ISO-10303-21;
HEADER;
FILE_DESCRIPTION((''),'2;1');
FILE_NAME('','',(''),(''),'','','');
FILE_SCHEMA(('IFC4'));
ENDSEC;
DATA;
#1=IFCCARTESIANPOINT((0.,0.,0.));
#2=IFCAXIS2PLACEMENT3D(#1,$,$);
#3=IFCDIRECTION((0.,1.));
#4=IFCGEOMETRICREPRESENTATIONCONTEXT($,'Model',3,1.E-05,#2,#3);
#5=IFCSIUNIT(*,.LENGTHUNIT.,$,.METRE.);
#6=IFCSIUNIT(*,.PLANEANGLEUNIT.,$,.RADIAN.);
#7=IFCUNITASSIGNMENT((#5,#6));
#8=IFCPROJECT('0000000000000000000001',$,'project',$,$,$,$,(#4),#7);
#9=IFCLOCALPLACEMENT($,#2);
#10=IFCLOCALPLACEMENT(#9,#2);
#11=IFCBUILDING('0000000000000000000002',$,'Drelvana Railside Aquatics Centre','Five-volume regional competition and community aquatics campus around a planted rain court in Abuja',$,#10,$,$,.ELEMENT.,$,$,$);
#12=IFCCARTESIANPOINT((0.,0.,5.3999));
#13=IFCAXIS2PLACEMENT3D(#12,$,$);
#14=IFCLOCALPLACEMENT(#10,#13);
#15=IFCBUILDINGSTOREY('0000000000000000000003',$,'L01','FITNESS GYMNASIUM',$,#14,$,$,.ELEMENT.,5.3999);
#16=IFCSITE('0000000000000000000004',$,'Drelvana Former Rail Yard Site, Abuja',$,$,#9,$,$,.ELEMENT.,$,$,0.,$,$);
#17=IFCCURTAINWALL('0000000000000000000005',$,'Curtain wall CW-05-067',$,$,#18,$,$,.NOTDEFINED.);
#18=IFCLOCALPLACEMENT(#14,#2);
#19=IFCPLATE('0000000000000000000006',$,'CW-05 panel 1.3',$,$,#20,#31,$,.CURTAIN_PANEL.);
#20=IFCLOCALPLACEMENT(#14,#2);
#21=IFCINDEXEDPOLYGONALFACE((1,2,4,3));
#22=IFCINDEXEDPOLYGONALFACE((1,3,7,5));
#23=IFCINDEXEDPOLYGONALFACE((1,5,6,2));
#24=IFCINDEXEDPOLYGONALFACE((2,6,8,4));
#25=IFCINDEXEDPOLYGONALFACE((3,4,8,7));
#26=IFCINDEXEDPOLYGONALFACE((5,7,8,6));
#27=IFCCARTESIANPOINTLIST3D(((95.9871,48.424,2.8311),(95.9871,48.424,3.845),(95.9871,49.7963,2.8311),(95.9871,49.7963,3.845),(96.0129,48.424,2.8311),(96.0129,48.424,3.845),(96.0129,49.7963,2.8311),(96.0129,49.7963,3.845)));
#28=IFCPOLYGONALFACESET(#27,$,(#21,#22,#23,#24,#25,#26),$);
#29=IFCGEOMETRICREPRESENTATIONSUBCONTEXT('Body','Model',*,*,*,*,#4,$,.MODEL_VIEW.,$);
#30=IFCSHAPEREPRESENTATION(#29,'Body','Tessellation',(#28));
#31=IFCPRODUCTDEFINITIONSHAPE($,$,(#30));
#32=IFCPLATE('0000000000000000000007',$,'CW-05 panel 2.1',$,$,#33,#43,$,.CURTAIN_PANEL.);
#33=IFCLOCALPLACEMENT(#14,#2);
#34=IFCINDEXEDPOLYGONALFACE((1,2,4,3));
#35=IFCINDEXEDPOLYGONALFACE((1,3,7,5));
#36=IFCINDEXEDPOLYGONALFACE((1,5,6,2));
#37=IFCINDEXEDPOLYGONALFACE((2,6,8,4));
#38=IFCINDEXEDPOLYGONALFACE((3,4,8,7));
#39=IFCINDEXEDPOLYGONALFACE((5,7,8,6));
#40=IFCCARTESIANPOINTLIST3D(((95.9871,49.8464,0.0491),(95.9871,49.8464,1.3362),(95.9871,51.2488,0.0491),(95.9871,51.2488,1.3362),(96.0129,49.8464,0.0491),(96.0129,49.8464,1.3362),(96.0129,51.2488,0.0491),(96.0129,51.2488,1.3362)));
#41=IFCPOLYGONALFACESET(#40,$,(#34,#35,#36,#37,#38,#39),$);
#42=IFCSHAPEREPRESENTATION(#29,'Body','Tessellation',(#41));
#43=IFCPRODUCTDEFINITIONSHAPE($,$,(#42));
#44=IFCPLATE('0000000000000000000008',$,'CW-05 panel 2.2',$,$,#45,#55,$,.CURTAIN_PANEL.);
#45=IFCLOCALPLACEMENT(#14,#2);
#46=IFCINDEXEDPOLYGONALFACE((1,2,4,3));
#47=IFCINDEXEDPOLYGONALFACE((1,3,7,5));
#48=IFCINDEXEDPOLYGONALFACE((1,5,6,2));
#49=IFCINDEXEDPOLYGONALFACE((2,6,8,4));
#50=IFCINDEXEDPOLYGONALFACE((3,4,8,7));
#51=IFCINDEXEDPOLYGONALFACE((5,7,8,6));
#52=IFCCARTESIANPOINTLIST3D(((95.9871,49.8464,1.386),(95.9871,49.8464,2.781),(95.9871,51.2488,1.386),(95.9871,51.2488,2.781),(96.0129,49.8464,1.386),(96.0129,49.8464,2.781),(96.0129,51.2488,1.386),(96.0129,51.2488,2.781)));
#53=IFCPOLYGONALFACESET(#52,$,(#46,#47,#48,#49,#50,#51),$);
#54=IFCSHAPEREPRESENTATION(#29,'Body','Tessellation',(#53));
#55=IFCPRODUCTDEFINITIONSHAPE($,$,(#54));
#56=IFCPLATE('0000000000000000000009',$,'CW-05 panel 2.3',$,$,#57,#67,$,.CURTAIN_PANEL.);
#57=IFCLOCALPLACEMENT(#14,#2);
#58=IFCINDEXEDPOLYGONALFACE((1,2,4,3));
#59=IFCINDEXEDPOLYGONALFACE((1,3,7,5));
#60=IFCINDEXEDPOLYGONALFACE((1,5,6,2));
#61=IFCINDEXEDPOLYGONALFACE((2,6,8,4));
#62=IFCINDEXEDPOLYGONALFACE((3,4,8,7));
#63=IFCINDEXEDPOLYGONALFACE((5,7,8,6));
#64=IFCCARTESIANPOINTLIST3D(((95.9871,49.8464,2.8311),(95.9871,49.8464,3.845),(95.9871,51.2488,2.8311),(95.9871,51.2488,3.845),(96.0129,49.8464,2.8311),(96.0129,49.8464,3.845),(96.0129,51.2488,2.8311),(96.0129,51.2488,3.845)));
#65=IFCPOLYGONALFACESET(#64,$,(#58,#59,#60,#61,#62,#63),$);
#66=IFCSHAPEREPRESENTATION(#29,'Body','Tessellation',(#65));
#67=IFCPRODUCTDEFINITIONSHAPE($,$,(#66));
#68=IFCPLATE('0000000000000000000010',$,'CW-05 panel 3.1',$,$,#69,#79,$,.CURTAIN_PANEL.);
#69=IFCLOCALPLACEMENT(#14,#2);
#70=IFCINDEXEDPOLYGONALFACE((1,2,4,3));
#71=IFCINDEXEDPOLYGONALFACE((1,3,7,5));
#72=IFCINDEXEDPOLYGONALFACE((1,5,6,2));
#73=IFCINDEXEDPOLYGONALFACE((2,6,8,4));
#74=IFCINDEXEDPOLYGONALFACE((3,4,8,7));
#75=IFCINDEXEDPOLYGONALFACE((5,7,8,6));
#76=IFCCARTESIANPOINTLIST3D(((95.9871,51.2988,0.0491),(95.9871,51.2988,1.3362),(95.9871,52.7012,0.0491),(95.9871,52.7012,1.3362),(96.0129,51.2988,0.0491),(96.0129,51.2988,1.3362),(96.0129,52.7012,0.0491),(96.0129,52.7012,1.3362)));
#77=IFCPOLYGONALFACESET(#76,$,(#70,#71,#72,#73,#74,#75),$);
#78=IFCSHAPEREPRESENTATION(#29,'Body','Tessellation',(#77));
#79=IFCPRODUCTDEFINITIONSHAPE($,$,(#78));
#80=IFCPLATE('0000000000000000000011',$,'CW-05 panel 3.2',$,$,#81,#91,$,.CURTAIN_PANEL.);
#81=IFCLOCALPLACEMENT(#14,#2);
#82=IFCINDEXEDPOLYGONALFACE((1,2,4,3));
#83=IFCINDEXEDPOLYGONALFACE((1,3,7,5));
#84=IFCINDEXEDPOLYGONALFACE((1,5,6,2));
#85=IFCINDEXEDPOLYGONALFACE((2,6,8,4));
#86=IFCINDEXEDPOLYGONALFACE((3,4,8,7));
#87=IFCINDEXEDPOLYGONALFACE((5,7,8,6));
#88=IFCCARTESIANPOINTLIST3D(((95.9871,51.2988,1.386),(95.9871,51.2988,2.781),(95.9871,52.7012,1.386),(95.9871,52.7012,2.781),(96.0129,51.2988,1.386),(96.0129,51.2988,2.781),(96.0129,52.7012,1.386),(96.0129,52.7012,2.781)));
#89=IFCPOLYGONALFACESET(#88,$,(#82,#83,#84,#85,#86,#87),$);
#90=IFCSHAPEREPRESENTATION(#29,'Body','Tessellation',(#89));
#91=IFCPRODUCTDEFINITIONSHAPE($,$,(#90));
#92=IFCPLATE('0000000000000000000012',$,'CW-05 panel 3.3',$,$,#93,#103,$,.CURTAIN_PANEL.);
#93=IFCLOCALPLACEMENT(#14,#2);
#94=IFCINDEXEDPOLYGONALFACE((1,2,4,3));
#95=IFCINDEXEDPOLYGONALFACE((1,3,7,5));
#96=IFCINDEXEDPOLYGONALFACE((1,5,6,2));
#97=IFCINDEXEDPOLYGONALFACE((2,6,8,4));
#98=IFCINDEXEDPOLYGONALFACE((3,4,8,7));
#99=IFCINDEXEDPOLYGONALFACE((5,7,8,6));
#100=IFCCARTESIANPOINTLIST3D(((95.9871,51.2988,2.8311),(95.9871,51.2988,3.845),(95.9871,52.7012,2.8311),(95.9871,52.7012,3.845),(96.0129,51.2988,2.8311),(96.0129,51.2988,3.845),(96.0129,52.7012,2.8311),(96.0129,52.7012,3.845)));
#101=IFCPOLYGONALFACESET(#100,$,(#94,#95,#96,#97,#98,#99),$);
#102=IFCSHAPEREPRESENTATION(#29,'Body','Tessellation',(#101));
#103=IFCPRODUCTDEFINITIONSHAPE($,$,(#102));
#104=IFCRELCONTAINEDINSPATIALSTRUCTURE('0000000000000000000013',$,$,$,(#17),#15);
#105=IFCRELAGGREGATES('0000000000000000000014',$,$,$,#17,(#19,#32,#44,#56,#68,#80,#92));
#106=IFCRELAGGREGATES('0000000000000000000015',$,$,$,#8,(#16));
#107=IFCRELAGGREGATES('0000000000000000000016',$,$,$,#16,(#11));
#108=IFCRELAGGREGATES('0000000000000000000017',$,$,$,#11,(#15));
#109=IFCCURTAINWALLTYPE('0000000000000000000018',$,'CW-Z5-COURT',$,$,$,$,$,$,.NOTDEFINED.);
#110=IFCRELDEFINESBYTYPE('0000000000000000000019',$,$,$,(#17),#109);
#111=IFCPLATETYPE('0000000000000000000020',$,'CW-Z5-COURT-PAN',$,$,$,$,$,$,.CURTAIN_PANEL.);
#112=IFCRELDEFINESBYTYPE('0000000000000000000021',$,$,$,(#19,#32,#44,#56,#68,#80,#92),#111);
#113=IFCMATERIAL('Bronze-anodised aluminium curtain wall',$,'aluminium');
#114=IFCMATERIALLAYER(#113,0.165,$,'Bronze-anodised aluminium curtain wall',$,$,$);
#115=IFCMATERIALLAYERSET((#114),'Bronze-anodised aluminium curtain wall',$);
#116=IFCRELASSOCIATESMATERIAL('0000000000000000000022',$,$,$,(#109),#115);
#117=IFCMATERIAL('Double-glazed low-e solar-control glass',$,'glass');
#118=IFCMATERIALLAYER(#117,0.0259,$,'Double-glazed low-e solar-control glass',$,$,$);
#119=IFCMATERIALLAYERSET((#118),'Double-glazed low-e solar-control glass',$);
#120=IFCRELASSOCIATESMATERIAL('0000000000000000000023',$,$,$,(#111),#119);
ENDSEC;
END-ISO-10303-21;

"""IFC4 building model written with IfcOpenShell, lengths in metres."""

from ifc_helpers import new_model, si_unit, direction, frame, origin, origin_2d, place, context, subcontext, project, spatial, rectangle, extrude, material, layer, layer_set, type_object, element, aggregate, save


model = new_model("IFC4")

# Units and contexts
model_context = context("Model", 3, precision=1e-05, world=origin(), true_north=direction((0.0, 1.0)))
body_context = subcontext(model_context, "Body", "Model", "MODEL_VIEW")
ifc_project = project(units=[si_unit("LENGTHUNIT", "METRE"), si_unit("PLANEANGLEUNIT", "RADIAN")], contexts=[model_context])

# Site, building, storey
site_placement = place(None, origin())
site = spatial("IfcSite", under=ifc_project, at=site_placement, Name="Drelvana Former Rail Yard Site, Abuja", CompositionType="ELEMENT", RefElevation=0.0)
building_placement = place(site_placement, origin())
building = spatial("IfcBuilding", under=site, at=building_placement, Name="Drelvana Railside Aquatics Centre", Description="Five-volume regional competition and community aquatics campus around a planted rain court in Abuja", CompositionType="ELEMENT")
storey_placement = place(building_placement, frame((0.0, 0.0, 5.3999)))
storey = spatial("IfcBuildingStorey", under=building, at=storey_placement, Name="L01", Description="FITNESS GYMNASIUM", CompositionType="ELEMENT", Elevation=5.3999)

# Shared definitions
ifc_material_1 = material(Name="Bronze-anodised aluminium curtain wall", Category="aluminium")
ifc_layer_1 = layer(ifc_material_1, 0.165, Name="Bronze-anodised aluminium curtain wall")
ifc_layer_set_1 = layer_set([ifc_layer_1], Name="Bronze-anodised aluminium curtain wall")
curtain_wall_type = type_object("IfcCurtainWallType", Name="CW-Z5-COURT", PredefinedType="NOTDEFINED", material=ifc_layer_set_1)

# Curtain wall
curtain_wall_1_placement = place(storey_placement, origin())
curtain_wall_1 = element("IfcCurtainWall", 1, at=curtain_wall_1_placement, inside=storey, type_object=curtain_wall_type, Name="Curtain wall CW-05-067", PredefinedType="NOTDEFINED")

# Plates
ifc_material_2 = material(Name="Double-glazed low-e solar-control glass", Category="glass")
ifc_layer_2 = layer(ifc_material_2, 0.0259, Name="Double-glazed low-e solar-control glass")
ifc_layer_set_2 = layer_set([ifc_layer_2], Name="Double-glazed low-e solar-control glass")
plate_type = type_object("IfcPlateType", Name="CW-Z5-COURT-PAN", PredefinedType="CURTAIN_PANEL", material=ifc_layer_set_2)
plate_1_placement = place(storey_placement, frame((96.0, 49.1101, 2.8311), z_axis=(0.0, 0.0, 1.0), x_axis=(0.0, 1.0, 0.0)))
plate_1 = element("IfcPlate", 2, at=plate_1_placement, type_object=plate_type, Name="CW-05 panel 1.3", PredefinedType="CURTAIN_PANEL", context=body_context, shape_type="SweptSolid", body=[
    extrude(rectangle(XDim=1.3723, YDim=0.0259, at=origin_2d()), origin(), (0.0, 0.0, 1.0), 1.0139),
])
plate_2_placement = place(storey_placement, frame((96.0, 50.5476, 0.0491), z_axis=(0.0, 0.0, 1.0), x_axis=(0.0, 1.0, 0.0)))
plate_2 = element("IfcPlate", 3, at=plate_2_placement, type_object=plate_type, Name="CW-05 panel 2.1", PredefinedType="CURTAIN_PANEL", context=body_context, shape_type="SweptSolid", body=[
    extrude(rectangle(XDim=1.4023, YDim=0.0259, at=origin_2d()), origin(), (0.0, 0.0, 1.0), 1.2871),
])
plate_3_placement = place(storey_placement, frame((96.0, 50.5476, 1.386), z_axis=(0.0, 0.0, 1.0), x_axis=(0.0, 1.0, 0.0)))
plate_3 = element("IfcPlate", 4, at=plate_3_placement, type_object=plate_type, Name="CW-05 panel 2.2", PredefinedType="CURTAIN_PANEL", context=body_context, shape_type="SweptSolid", body=[
    extrude(rectangle(XDim=1.4023, YDim=0.0259, at=origin_2d()), origin(), (0.0, 0.0, 1.0), 1.395),
])
plate_4_placement = place(storey_placement, frame((96.0, 50.5476, 2.8311), z_axis=(0.0, 0.0, 1.0), x_axis=(0.0, 1.0, 0.0)))
plate_4 = element("IfcPlate", 5, at=plate_4_placement, type_object=plate_type, Name="CW-05 panel 2.3", PredefinedType="CURTAIN_PANEL", context=body_context, shape_type="SweptSolid", body=[
    extrude(rectangle(XDim=1.4023, YDim=0.0259, at=origin_2d()), origin(), (0.0, 0.0, 1.0), 1.0139),
])
plate_5_placement = place(storey_placement, frame((96.0, 52.0, 0.0491), z_axis=(0.0, 0.0, 1.0), x_axis=(0.0, 1.0, 0.0)))
plate_5 = element("IfcPlate", 6, at=plate_5_placement, type_object=plate_type, Name="CW-05 panel 3.1", PredefinedType="CURTAIN_PANEL", context=body_context, shape_type="SweptSolid", body=[
    extrude(rectangle(XDim=1.4023, YDim=0.0259, at=origin_2d()), origin(), (0.0, 0.0, 1.0), 1.2871),
])
plate_6_placement = place(storey_placement, frame((96.0, 52.0, 1.386), z_axis=(0.0, 0.0, 1.0), x_axis=(0.0, 1.0, 0.0)))
plate_6 = element("IfcPlate", 7, at=plate_6_placement, type_object=plate_type, Name="CW-05 panel 3.2", PredefinedType="CURTAIN_PANEL", context=body_context, shape_type="SweptSolid", body=[
    extrude(rectangle(XDim=1.4023, YDim=0.0259, at=origin_2d()), origin(), (0.0, 0.0, 1.0), 1.395),
])
plate_7_placement = place(storey_placement, frame((96.0, 52.0, 2.8311), z_axis=(0.0, 0.0, 1.0), x_axis=(0.0, 1.0, 0.0)))
plate_7 = element("IfcPlate", 8, at=plate_7_placement, type_object=plate_type, Name="CW-05 panel 3.3", PredefinedType="CURTAIN_PANEL", context=body_context, shape_type="SweptSolid", body=[
    extrude(rectangle(XDim=1.4023, YDim=0.0259, at=origin_2d()), origin(), (0.0, 0.0, 1.0), 1.0139),
])
aggregate(curtain_wall_1, [plate_1, plate_2, plate_3, plate_4, plate_5, plate_6, plate_7])

save(model, "model.ifc")
